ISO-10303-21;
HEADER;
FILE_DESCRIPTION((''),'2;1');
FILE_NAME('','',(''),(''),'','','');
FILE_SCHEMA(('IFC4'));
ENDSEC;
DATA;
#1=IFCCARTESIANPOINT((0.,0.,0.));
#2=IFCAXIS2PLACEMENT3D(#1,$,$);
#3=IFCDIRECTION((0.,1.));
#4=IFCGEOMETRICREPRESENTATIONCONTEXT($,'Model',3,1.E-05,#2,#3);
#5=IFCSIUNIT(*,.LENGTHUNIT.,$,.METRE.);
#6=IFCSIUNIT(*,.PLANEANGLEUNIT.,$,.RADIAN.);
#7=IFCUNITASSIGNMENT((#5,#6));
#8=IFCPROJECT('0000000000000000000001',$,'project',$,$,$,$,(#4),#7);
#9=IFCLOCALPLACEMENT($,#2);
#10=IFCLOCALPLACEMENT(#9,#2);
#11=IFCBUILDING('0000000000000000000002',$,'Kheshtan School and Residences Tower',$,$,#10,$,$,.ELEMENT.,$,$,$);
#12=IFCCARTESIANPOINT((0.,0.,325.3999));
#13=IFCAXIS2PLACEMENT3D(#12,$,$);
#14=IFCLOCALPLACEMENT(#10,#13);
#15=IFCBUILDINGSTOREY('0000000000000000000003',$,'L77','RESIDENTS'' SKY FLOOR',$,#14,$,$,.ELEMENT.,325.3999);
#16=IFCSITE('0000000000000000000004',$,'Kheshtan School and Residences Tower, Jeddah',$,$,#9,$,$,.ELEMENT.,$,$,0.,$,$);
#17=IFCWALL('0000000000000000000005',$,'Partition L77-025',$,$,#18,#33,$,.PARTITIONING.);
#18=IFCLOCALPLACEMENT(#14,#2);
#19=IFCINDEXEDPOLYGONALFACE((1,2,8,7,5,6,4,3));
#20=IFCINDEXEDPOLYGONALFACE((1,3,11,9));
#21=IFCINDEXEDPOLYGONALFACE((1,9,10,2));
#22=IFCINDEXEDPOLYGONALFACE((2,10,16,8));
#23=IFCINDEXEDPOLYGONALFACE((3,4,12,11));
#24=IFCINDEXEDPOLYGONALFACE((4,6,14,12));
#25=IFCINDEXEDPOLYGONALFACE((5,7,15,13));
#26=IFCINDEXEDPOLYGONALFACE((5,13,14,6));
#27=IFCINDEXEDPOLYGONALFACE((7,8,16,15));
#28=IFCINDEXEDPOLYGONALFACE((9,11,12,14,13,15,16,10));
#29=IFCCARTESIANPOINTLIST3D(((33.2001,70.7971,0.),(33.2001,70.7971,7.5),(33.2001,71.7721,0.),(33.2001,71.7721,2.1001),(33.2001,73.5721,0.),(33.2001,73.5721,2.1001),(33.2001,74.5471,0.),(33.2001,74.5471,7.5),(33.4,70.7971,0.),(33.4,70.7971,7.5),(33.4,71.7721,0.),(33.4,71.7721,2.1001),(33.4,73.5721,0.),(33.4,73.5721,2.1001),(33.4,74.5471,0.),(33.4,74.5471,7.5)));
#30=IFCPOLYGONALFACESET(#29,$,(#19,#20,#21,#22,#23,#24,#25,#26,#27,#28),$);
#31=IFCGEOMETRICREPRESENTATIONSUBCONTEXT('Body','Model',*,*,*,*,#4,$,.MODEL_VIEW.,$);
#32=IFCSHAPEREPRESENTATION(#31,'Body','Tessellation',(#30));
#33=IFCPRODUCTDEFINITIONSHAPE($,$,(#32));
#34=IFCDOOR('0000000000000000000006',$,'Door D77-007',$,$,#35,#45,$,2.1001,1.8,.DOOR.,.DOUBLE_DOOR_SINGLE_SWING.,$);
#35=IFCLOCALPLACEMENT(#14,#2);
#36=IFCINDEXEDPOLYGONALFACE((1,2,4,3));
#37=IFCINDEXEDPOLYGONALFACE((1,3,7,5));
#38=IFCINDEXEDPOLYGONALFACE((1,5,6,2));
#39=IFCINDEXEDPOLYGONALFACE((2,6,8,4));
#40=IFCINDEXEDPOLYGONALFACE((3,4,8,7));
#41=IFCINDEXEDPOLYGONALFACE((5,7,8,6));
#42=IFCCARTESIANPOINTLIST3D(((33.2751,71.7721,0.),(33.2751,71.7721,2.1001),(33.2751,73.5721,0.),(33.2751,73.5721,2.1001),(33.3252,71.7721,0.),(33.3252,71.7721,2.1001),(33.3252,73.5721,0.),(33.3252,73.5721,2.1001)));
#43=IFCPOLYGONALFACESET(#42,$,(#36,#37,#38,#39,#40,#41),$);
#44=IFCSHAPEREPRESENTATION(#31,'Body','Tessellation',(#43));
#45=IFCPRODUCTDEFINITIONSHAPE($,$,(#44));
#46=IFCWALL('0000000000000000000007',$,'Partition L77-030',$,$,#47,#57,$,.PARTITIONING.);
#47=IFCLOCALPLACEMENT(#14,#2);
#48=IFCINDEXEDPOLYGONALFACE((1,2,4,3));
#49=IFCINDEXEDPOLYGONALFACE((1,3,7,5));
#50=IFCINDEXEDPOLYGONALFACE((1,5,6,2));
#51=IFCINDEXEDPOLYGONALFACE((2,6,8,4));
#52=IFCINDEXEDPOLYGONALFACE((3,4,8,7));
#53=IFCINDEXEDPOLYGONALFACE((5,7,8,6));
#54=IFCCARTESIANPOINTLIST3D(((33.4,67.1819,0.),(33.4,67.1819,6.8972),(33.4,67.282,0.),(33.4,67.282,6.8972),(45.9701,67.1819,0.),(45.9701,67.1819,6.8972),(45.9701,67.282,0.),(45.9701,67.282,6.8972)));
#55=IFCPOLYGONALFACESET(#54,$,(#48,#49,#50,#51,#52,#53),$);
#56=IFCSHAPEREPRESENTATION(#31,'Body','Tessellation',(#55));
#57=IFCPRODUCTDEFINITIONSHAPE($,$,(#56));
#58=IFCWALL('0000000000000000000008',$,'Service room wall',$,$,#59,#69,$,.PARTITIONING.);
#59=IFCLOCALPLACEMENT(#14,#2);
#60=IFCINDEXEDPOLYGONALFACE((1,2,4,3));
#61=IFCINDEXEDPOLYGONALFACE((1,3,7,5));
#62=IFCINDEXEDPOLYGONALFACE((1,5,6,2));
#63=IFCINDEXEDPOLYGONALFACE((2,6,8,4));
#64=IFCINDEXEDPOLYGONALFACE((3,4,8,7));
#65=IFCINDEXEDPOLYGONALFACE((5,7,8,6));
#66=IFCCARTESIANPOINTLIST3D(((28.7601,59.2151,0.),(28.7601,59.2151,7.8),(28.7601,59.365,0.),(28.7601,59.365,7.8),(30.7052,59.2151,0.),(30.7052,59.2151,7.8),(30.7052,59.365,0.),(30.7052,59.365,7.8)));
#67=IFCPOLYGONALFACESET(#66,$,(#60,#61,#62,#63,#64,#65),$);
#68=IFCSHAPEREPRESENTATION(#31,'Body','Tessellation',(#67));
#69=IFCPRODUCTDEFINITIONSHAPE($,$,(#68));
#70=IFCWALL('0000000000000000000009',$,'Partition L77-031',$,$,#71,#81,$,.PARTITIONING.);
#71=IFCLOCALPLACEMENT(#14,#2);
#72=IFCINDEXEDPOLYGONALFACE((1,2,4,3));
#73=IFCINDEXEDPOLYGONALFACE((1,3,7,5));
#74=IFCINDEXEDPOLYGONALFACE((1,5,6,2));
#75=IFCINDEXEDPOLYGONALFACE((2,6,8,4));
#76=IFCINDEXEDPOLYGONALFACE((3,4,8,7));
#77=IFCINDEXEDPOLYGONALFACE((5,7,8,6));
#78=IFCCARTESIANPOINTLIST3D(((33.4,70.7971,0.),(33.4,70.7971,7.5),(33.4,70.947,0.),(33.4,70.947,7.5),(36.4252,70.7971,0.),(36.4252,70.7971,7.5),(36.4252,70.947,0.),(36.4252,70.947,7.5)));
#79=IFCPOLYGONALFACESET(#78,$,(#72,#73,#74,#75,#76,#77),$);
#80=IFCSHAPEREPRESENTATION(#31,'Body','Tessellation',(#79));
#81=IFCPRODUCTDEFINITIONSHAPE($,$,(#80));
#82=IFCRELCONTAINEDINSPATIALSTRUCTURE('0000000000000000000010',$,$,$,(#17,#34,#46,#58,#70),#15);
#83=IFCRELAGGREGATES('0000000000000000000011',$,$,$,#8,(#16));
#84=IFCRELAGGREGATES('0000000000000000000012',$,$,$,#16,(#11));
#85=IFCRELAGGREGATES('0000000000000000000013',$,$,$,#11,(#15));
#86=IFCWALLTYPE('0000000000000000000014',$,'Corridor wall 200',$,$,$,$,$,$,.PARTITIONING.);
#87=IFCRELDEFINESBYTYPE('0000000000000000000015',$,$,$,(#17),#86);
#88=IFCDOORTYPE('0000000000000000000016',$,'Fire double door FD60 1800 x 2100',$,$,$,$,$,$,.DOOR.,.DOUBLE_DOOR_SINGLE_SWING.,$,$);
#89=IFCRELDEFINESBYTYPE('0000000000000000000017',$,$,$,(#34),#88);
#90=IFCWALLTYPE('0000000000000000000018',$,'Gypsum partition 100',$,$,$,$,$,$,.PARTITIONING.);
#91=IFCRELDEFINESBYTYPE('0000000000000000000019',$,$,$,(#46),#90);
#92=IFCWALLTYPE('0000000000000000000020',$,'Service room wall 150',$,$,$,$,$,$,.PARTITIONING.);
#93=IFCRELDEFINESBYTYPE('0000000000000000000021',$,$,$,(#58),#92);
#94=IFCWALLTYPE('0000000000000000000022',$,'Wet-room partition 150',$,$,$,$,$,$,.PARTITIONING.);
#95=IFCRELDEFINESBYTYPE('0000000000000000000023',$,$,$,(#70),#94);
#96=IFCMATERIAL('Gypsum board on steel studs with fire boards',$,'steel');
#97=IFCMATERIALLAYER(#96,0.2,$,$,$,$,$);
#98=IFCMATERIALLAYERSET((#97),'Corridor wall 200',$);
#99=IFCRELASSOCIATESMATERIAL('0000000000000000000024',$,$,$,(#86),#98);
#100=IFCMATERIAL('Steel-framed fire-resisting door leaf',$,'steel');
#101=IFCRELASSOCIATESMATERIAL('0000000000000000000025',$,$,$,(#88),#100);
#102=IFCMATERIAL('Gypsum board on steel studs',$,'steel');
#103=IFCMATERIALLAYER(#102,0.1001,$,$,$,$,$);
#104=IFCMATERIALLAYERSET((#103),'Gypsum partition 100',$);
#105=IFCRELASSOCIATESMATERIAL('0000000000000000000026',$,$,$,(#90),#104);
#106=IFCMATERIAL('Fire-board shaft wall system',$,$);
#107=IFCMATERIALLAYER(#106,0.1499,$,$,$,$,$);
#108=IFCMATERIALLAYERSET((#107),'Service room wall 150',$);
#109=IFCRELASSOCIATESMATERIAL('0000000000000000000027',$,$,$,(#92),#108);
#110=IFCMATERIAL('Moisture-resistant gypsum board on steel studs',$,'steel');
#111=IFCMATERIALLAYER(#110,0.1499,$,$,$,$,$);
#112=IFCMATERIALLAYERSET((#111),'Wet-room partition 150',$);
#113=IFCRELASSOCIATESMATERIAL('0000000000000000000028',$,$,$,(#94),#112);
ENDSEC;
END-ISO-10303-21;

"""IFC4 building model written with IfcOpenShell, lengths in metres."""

from ifc_helpers import new_model, si_unit, direction, frame, frame_2d, origin, place, context, subcontext, project, spatial, rectangle, extrude, source, transform, mapped, material, layer, layer_set, type_object, element, fill, save


model = new_model("IFC4")

# Units and contexts
model_context = context("Model", 3, precision=1e-05, world=origin(), true_north=direction((0.0, 1.0)))
body_context = subcontext(model_context, "Body", "Model", "MODEL_VIEW")
ifc_project = project(units=[si_unit("LENGTHUNIT", "METRE"), si_unit("PLANEANGLEUNIT", "RADIAN")], contexts=[model_context])

# Site, building, storey
site_placement = place(None, origin())
site = spatial("IfcSite", under=ifc_project, at=site_placement, Name="Kheshtan School and Residences Tower, Jeddah", CompositionType="ELEMENT", RefElevation=0.0)
building_placement = place(site_placement, origin())
building = spatial("IfcBuilding", under=site, at=building_placement, Name="Kheshtan School and Residences Tower", CompositionType="ELEMENT")
storey_placement = place(building_placement, frame((0.0, 0.0, 325.3999)))
storey = spatial("IfcBuildingStorey", under=building, at=storey_placement, Name="L77", Description="RESIDENTS' SKY FLOOR", CompositionType="ELEMENT", Elevation=325.3999)

# Shared definitions
ifc_material_1 = material(Name="Gypsum board on steel studs with fire boards", Category="steel")
ifc_layer_1 = layer(ifc_material_1, 0.2)
ifc_layer_set_1 = layer_set([ifc_layer_1], Name="Corridor wall 200")
wall_type_1 = type_object("IfcWallType", Name="Corridor wall 200", PredefinedType="PARTITIONING", material=ifc_layer_set_1)

# Wall, opening, door
wall_1_placement = place(storey_placement, frame((33.3, 70.7971, 0.0), z_axis=(0.0, 0.0, 1.0), x_axis=(0.0, 1.0, 0.0)))
wall_1 = element("IfcWall", 1, at=wall_1_placement, inside=storey, type_object=wall_type_1, Name="Partition L77-025", PredefinedType="PARTITIONING", context=body_context, shape_type="SweptSolid", body=[
    extrude(rectangle(XDim=3.75, YDim=0.2, at=frame_2d((1.875, 0.0))), origin(), (0.0, 0.0, 1.0), 7.5),
])
opening_placement = place(wall_1_placement, frame((0.9751, 0.0, 0.0)))
opening = element("IfcOpeningElement", 2, at=opening_placement, cuts=wall_1, PredefinedType="OPENING", context=body_context, shape_type="SweptSolid", body=[
    extrude(rectangle(XDim=1.8, YDim=2.1001, at=frame_2d((0.8999, 1.05))), frame((0.0, 0.1099, 0.0), z_axis=(0.0, -1.0, 0.0), x_axis=(1.0, 0.0, 0.0)), (0.0, 0.0, 1.0), 0.22),
])
ifc_material_2 = material(Name="Steel-framed fire-resisting door leaf", Category="steel")
door_type = type_object("IfcDoorType", Name="Fire double door FD60 1800 x 2100", OperationType="DOUBLE_DOOR_SINGLE_SWING", PredefinedType="DOOR", material=ifc_material_2)
shared_shape = source(origin(), body_context, "Body", "SweptSolid", [
    extrude(rectangle(XDim=1.8, YDim=2.1001, at=frame_2d((0.8999, 1.05))), frame((0.0, 0.0249, 0.0), z_axis=(0.0, -1.0, 0.0), x_axis=(1.0, 0.0, 0.0)), (0.0, 0.0, 1.0), 0.05),
])
door_placement = place(opening_placement, origin())
door = element("IfcDoor", 3, at=door_placement, inside=storey, type_object=door_type, Name="Door D77-007", OperationType="DOUBLE_DOOR_SINGLE_SWING", OverallHeight=2.1001, OverallWidth=1.8, PredefinedType="DOOR", context=body_context, shape_type="MappedRepresentation", body=[
    mapped(shared_shape, transform((0.0, 0.0, 0.0), x_axis=(1.0, 0.0, 0.0), y_axis=(0.0, 1.0, 0.0), z_axis=(0.0, 0.0, 1.0), scale=1.0)),
])
fill(opening, door)

# Walls
ifc_material_3 = material(Name="Gypsum board on steel studs", Category="steel")
ifc_layer_2 = layer(ifc_material_3, 0.1001)
ifc_layer_set_2 = layer_set([ifc_layer_2], Name="Gypsum partition 100")
wall_type_2 = type_object("IfcWallType", Name="Gypsum partition 100", PredefinedType="PARTITIONING", material=ifc_layer_set_2)
wall_2_placement = place(storey_placement, frame((33.3999, 67.2319, 0.0), z_axis=(0.0, 0.0, 1.0), x_axis=(1.0, 0.0, 0.0)))
element("IfcWall", 4, at=wall_2_placement, inside=storey, type_object=wall_type_2, Name="Partition L77-030", PredefinedType="PARTITIONING", context=body_context, shape_type="SweptSolid", body=[
    extrude(rectangle(XDim=12.5701, YDim=0.1001, at=frame_2d((6.2852, 0.0))), origin(), (0.0, 0.0, 1.0), 6.8972),
])
ifc_material_4 = material(Name="Fire-board shaft wall system")
ifc_layer_3 = layer(ifc_material_4, 0.1499)
ifc_layer_set_3 = layer_set([ifc_layer_3], Name="Service room wall 150")
wall_type_3 = type_object("IfcWallType", Name="Service room wall 150", PredefinedType="PARTITIONING", material=ifc_layer_set_3)
wall_3_placement = place(storey_placement, frame((28.76, 59.29, 0.0), z_axis=(0.0, 0.0, 1.0), x_axis=(1.0, 0.0, 0.0)))
element("IfcWall", 5, at=wall_3_placement, inside=storey, type_object=wall_type_3, Name="Service room wall", PredefinedType="PARTITIONING", context=body_context, shape_type="SweptSolid", body=[
    extrude(rectangle(XDim=1.9451, YDim=0.1499, at=frame_2d((0.9727, 0.0))), origin(), (0.0, 0.0, 1.0), 7.8),
])
ifc_material_5 = material(Name="Moisture-resistant gypsum board on steel studs", Category="steel")
ifc_layer_4 = layer(ifc_material_5, 0.1499)
ifc_layer_set_4 = layer_set([ifc_layer_4], Name="Wet-room partition 150")
wall_type_4 = type_object("IfcWallType", Name="Wet-room partition 150", PredefinedType="PARTITIONING", material=ifc_layer_set_4)
wall_4_placement = place(storey_placement, frame((33.3999, 70.8721, 0.0), z_axis=(0.0, 0.0, 1.0), x_axis=(1.0, 0.0, 0.0)))
element("IfcWall", 6, at=wall_4_placement, inside=storey, type_object=wall_type_4, Name="Partition L77-031", PredefinedType="PARTITIONING", context=body_context, shape_type="SweptSolid", body=[
    extrude(rectangle(XDim=3.0251, YDim=0.1499, at=frame_2d((1.5127, 0.0))), origin(), (0.0, 0.0, 1.0), 7.5),
])

save(model, "model.ifc")
